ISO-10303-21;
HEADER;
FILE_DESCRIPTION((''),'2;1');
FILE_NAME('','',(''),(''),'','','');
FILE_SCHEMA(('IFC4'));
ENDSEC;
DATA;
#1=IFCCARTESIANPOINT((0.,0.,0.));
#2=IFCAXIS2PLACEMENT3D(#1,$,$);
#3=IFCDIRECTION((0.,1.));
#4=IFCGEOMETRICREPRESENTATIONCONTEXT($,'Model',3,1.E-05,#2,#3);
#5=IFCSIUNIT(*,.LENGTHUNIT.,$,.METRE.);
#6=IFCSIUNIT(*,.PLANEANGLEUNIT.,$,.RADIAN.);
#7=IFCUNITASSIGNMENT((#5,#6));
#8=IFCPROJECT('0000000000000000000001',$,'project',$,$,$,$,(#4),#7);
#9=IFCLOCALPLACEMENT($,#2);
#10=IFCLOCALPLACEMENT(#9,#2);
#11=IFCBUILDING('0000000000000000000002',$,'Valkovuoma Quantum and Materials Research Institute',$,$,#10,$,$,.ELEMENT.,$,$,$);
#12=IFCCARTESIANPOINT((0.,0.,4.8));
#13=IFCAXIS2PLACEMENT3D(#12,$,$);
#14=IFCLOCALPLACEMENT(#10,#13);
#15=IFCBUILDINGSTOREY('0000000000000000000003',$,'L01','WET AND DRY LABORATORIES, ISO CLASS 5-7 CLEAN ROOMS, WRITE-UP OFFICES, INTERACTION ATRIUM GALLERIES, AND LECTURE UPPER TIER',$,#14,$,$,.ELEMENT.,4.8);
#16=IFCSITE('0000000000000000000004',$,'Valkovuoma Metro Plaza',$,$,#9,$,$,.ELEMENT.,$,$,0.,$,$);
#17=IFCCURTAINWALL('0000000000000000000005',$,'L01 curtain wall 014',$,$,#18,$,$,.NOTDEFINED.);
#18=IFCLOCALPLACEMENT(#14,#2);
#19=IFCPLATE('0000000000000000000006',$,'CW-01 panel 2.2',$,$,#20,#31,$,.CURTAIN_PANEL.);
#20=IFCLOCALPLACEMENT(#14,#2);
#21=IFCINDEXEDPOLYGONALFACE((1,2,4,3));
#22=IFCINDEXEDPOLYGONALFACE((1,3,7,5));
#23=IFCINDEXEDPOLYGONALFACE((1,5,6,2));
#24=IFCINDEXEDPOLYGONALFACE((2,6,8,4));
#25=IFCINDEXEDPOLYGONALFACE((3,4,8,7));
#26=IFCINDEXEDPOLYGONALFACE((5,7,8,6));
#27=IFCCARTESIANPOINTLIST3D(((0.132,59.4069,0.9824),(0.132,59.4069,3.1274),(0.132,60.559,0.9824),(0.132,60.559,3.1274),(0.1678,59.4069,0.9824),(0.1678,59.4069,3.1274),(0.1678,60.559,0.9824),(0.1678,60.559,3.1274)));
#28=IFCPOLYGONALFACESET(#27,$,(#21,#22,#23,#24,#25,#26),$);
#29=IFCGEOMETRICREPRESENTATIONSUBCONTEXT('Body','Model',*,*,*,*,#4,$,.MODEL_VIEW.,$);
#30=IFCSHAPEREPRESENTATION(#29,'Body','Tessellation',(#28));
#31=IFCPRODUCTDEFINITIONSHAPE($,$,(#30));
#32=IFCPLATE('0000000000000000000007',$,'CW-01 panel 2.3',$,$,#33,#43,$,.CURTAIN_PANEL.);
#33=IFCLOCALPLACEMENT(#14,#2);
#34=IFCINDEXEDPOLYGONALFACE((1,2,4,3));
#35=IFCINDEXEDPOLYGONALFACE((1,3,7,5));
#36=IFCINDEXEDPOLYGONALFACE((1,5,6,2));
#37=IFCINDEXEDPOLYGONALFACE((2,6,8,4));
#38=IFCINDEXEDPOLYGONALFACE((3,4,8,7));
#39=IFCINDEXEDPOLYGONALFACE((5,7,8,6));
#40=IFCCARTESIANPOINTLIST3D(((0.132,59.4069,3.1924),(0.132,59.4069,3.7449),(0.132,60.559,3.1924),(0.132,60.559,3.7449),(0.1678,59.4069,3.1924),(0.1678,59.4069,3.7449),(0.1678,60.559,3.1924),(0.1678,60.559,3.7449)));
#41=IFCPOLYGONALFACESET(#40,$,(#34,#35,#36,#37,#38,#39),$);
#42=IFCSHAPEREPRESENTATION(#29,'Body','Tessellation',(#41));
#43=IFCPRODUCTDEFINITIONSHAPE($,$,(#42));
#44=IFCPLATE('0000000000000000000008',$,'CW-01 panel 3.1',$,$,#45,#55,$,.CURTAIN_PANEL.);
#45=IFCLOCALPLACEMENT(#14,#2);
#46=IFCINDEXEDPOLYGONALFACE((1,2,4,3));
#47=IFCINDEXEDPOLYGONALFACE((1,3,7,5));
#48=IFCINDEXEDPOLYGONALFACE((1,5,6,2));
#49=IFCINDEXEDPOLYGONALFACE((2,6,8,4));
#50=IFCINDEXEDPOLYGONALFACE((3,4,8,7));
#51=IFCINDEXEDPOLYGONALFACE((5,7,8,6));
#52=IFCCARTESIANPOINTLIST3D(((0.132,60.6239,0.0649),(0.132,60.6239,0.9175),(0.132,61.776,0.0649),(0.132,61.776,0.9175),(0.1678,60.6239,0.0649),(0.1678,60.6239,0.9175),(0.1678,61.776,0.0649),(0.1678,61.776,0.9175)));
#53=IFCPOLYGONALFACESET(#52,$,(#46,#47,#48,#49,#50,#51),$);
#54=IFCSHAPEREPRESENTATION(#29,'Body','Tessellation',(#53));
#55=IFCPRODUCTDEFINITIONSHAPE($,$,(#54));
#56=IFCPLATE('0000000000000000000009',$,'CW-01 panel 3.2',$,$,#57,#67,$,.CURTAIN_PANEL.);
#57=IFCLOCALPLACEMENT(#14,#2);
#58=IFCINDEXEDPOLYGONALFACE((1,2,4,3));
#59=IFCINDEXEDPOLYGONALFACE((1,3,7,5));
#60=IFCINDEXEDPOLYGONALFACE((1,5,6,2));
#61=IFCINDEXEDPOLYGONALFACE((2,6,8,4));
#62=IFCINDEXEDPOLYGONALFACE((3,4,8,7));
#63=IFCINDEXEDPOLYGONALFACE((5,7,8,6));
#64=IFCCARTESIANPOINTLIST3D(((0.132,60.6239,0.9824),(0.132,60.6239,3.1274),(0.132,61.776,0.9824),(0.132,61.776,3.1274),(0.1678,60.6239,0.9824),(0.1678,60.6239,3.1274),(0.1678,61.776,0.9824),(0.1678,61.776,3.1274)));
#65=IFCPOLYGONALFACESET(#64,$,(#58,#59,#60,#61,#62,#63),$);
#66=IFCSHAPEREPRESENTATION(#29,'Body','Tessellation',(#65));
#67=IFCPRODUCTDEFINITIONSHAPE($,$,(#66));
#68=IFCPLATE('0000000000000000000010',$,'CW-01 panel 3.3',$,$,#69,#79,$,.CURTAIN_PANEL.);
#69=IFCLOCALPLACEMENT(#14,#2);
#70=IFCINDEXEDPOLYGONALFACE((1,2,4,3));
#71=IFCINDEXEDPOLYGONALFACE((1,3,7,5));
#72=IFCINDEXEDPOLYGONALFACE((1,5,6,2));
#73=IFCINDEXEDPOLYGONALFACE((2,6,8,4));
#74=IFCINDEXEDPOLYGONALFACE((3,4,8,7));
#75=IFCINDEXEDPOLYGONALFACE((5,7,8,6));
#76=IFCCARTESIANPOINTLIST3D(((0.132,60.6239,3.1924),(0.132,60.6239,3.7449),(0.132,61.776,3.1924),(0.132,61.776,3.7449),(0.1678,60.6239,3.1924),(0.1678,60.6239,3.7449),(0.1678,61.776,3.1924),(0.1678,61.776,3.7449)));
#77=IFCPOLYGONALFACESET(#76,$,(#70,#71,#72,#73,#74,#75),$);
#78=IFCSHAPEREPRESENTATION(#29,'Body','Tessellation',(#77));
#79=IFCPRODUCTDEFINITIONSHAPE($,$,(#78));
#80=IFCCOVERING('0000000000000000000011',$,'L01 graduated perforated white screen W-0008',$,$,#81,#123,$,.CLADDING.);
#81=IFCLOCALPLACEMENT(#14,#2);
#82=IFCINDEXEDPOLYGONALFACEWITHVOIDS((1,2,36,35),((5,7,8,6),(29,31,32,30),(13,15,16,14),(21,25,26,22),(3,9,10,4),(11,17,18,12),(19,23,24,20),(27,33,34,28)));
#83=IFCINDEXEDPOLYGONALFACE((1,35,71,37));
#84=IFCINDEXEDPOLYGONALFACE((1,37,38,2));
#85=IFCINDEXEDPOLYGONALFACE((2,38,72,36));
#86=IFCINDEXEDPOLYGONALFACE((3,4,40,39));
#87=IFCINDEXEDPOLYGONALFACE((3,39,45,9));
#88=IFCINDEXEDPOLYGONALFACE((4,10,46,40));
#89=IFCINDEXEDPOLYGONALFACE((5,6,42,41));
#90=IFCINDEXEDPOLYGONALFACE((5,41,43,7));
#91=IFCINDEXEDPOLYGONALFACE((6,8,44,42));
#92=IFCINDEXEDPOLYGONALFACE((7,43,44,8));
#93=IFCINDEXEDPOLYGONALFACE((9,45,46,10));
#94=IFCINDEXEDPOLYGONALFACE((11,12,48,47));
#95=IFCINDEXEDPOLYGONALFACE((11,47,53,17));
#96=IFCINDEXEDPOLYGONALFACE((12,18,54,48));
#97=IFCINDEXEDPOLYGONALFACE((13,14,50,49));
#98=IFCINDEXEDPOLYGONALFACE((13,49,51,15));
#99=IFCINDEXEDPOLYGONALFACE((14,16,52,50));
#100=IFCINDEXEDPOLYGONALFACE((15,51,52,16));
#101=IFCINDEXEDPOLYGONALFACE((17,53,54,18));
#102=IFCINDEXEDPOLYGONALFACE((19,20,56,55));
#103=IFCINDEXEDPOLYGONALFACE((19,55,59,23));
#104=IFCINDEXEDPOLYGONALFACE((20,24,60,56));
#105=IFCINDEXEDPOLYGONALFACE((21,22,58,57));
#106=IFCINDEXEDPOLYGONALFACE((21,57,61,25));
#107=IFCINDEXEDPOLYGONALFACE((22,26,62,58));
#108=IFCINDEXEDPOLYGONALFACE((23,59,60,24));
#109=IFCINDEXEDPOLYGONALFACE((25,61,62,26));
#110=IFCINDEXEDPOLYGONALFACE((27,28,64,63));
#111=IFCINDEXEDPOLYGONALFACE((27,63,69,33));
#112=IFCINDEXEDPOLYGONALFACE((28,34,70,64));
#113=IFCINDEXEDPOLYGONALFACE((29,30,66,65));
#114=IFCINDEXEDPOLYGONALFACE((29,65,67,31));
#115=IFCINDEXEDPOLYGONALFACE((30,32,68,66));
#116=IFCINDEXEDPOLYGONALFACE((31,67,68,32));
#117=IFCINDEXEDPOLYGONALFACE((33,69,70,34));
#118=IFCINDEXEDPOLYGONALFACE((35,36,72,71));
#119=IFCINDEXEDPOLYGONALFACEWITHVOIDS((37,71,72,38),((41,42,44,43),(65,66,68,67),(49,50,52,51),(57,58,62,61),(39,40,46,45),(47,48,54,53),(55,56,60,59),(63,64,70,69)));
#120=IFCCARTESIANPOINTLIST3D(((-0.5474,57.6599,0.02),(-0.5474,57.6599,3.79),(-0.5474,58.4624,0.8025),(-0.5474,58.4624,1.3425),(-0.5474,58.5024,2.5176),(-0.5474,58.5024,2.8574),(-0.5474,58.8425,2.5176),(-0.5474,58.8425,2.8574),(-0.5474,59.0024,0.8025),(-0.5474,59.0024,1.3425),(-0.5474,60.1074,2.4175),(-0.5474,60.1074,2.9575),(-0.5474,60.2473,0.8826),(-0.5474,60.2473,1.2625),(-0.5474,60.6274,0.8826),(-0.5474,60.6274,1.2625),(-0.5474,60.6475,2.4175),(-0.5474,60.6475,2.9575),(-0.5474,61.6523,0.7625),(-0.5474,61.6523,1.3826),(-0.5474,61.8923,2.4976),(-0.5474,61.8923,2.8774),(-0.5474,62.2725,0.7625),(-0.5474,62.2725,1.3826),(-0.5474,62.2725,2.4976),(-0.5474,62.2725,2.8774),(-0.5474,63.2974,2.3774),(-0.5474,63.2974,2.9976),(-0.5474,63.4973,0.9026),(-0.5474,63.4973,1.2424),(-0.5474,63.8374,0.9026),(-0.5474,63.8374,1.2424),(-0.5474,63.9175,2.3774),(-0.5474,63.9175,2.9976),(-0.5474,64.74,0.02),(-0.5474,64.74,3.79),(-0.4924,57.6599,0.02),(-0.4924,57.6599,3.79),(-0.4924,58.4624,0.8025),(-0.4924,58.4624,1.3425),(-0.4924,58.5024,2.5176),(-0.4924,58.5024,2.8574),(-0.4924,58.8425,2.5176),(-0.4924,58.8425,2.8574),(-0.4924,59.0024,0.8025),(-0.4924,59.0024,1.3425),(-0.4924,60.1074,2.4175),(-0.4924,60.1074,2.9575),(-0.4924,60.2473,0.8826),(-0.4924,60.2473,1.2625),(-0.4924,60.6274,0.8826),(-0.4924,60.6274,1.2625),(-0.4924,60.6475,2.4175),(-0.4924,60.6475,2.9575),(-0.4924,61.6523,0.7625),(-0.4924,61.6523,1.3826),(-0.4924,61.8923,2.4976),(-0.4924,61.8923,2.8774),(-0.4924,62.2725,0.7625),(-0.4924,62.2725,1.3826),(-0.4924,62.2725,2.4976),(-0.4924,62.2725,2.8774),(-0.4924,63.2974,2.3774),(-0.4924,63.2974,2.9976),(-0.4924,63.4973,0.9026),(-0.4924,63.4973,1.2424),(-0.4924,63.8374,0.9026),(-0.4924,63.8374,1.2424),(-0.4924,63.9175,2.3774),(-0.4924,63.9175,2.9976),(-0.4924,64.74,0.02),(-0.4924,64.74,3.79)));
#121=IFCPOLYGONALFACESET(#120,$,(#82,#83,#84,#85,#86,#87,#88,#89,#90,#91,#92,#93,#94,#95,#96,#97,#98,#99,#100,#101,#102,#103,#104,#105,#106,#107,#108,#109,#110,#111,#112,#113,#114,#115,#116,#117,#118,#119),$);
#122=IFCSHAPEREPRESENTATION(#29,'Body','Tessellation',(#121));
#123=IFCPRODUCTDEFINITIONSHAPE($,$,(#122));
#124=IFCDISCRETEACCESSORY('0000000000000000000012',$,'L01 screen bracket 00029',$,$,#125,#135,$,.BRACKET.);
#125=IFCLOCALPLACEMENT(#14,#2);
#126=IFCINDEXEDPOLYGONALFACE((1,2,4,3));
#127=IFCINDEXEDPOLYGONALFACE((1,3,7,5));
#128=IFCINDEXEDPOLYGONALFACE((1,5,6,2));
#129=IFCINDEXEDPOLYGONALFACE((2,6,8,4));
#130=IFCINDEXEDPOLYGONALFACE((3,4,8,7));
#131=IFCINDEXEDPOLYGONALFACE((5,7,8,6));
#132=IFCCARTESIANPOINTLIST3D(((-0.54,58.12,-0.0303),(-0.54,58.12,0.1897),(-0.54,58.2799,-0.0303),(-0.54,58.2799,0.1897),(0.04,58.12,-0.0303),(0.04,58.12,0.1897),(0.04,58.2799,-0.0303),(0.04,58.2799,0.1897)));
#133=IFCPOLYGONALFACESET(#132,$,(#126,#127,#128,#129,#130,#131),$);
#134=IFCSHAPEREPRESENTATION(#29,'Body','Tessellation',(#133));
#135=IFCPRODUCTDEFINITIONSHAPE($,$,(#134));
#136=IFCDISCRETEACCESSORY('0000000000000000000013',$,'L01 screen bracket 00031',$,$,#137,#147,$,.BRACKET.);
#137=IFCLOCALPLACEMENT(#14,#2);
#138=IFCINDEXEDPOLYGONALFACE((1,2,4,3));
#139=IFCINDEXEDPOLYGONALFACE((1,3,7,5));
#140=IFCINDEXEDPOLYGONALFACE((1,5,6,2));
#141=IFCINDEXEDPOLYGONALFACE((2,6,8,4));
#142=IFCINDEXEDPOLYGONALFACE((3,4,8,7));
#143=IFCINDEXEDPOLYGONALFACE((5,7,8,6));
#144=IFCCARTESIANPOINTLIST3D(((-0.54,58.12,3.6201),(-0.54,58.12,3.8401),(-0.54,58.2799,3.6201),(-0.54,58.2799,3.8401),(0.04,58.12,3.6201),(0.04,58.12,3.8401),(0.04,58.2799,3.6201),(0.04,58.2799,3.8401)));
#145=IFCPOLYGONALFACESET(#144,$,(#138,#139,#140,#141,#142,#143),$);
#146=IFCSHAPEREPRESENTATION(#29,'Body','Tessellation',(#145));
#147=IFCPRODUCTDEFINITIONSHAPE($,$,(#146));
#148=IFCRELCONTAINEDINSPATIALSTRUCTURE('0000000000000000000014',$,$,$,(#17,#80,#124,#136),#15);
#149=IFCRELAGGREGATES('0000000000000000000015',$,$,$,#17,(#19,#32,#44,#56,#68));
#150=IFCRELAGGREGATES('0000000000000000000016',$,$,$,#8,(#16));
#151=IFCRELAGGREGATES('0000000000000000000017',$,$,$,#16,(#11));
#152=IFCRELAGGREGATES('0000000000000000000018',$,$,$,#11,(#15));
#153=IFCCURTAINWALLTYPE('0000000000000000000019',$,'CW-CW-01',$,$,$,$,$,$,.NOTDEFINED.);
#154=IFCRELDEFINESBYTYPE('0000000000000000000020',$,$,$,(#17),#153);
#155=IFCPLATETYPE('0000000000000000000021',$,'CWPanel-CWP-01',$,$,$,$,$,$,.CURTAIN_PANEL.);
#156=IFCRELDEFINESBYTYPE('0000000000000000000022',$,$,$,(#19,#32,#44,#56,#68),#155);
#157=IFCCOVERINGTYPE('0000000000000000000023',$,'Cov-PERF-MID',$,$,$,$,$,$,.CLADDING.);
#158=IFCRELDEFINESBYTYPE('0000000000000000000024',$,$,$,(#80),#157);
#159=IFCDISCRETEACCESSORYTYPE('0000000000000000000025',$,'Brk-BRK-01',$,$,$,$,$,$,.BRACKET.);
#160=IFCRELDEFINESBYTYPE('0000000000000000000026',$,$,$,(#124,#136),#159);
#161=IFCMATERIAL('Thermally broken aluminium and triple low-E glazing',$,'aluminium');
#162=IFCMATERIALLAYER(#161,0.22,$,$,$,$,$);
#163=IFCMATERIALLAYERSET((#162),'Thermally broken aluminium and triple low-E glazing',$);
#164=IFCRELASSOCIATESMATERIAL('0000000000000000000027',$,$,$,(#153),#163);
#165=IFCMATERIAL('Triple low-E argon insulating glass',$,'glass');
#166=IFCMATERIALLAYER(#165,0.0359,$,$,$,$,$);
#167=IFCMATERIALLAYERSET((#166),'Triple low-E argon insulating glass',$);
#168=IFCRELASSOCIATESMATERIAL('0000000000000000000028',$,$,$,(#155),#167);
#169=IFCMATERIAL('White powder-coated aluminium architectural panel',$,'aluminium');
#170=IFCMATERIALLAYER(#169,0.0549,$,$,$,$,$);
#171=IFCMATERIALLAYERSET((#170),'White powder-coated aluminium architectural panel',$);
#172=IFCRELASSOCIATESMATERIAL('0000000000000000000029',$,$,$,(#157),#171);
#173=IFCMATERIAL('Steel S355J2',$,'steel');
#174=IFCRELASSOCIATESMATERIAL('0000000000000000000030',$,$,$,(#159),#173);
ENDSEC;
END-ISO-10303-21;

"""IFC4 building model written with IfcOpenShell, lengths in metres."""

from ifc_helpers import new_model, si_unit, direction, frame, origin, origin_2d, place, context, subcontext, project, spatial, polyline, rectangle, outline, extrude, material, layer, layer_set, type_object, element, aggregate, save


model = new_model("IFC4")

# Units and contexts
model_context = context("Model", 3, precision=1e-05, world=origin(), true_north=direction((0.0, 1.0)))
body_context = subcontext(model_context, "Body", "Model", "MODEL_VIEW")
ifc_project = project(units=[si_unit("LENGTHUNIT", "METRE"), si_unit("PLANEANGLEUNIT", "RADIAN")], contexts=[model_context])

# Site, building, storey
site_placement = place(None, origin())
site = spatial("IfcSite", under=ifc_project, at=site_placement, Name="Valkovuoma Metro Plaza", CompositionType="ELEMENT", RefElevation=0.0)
building_placement = place(site_placement, origin())
building = spatial("IfcBuilding", under=site, at=building_placement, Name="Valkovuoma Quantum and Materials Research Institute", CompositionType="ELEMENT")
storey_placement = place(building_placement, frame((0.0, 0.0, 4.8)))
storey = spatial("IfcBuildingStorey", under=building, at=storey_placement, Name="L01", Description="WET AND DRY LABORATORIES, ISO CLASS 5-7 CLEAN ROOMS, WRITE-UP OFFICES, INTERACTION ATRIUM GALLERIES, AND LECTURE UPPER TIER", CompositionType="ELEMENT", Elevation=4.8)

# Curtain wall, plates
ifc_material_1 = material(Name="Thermally broken aluminium and triple low-E glazing", Category="aluminium")
ifc_layer_1 = layer(ifc_material_1, 0.22)
ifc_layer_set_1 = layer_set([ifc_layer_1], Name="Thermally broken aluminium and triple low-E glazing")
curtain_wall_type = type_object("IfcCurtainWallType", Name="CW-CW-01", PredefinedType="NOTDEFINED", material=ifc_layer_set_1)
curtain_wall_placement = place(storey_placement, origin())
curtain_wall = element("IfcCurtainWall", 1, at=curtain_wall_placement, inside=storey, type_object=curtain_wall_type, Name="L01 curtain wall 014", PredefinedType="NOTDEFINED")
ifc_material_2 = material(Name="Triple low-E argon insulating glass", Category="glass")
ifc_layer_2 = layer(ifc_material_2, 0.0359)
ifc_layer_set_2 = layer_set([ifc_layer_2], Name="Triple low-E argon insulating glass")
plate_type = type_object("IfcPlateType", Name="CWPanel-CWP-01", PredefinedType="CURTAIN_PANEL", material=ifc_layer_set_2)
plate_1_placement = place(storey_placement, frame((0.1499, 59.9829, 0.9824), z_axis=(0.0, 0.0, 1.0), x_axis=(0.0, 1.0, 0.0)))
plate_1 = element("IfcPlate", 2, at=plate_1_placement, type_object=plate_type, Name="CW-01 panel 2.2", PredefinedType="CURTAIN_PANEL", context=body_context, shape_type="SweptSolid", body=[
    extrude(rectangle(XDim=1.1521, YDim=0.0359, at=origin_2d()), origin(), (0.0, 0.0, 1.0), 2.145),
])
plate_2_placement = place(storey_placement, frame((0.1499, 59.9829, 3.1924), z_axis=(0.0, 0.0, 1.0), x_axis=(0.0, 1.0, 0.0)))
plate_2 = element("IfcPlate", 3, at=plate_2_placement, type_object=plate_type, Name="CW-01 panel 2.3", PredefinedType="CURTAIN_PANEL", context=body_context, shape_type="SweptSolid", body=[
    extrude(rectangle(XDim=1.1521, YDim=0.0359, at=origin_2d()), origin(), (0.0, 0.0, 1.0), 0.5525),
])
plate_3_placement = place(storey_placement, frame((0.1499, 61.2, 0.0649), z_axis=(0.0, 0.0, 1.0), x_axis=(0.0, 1.0, 0.0)))
plate_3 = element("IfcPlate", 4, at=plate_3_placement, type_object=plate_type, Name="CW-01 panel 3.1", PredefinedType="CURTAIN_PANEL", context=body_context, shape_type="SweptSolid", body=[
    extrude(rectangle(XDim=1.1521, YDim=0.0359, at=origin_2d()), origin(), (0.0, 0.0, 1.0), 0.8525),
])
plate_4_placement = place(storey_placement, frame((0.1499, 61.2, 0.9824), z_axis=(0.0, 0.0, 1.0), x_axis=(0.0, 1.0, 0.0)))
plate_4 = element("IfcPlate", 5, at=plate_4_placement, type_object=plate_type, Name="CW-01 panel 3.2", PredefinedType="CURTAIN_PANEL", context=body_context, shape_type="SweptSolid", body=[
    extrude(rectangle(XDim=1.1521, YDim=0.0359, at=origin_2d()), origin(), (0.0, 0.0, 1.0), 2.145),
])
plate_5_placement = place(storey_placement, frame((0.1499, 61.2, 3.1924), z_axis=(0.0, 0.0, 1.0), x_axis=(0.0, 1.0, 0.0)))
plate_5 = element("IfcPlate", 6, at=plate_5_placement, type_object=plate_type, Name="CW-01 panel 3.3", PredefinedType="CURTAIN_PANEL", context=body_context, shape_type="SweptSolid", body=[
    extrude(rectangle(XDim=1.1521, YDim=0.0359, at=origin_2d()), origin(), (0.0, 0.0, 1.0), 0.5525),
])
aggregate(curtain_wall, [plate_1, plate_2, plate_3, plate_4, plate_5])

# Covering
ifc_material_3 = material(Name="White powder-coated aluminium architectural panel", Category="aluminium")
ifc_layer_3 = layer(ifc_material_3, 0.0549)
ifc_layer_set_3 = layer_set([ifc_layer_3], Name="White powder-coated aluminium architectural panel")
covering_type = type_object("IfcCoveringType", Name="Cov-PERF-MID", PredefinedType="CLADDING", material=ifc_layer_set_3)
covering_placement = place(storey_placement, frame((-0.52, 57.6599, 0.02), z_axis=(0.0, 0.0, 1.0), x_axis=(0.0, 1.0, 0.0)))
element("IfcCovering", 7, at=covering_placement, inside=storey, type_object=covering_type, Name="L01 graduated perforated white screen W-0008", PredefinedType="CLADDING", context=body_context, shape_type="SweptSolid", body=[
    extrude(outline(polyline([(0.0, 0.0), (7.0801, 0.0), (7.0801, 3.77), (0.0, 3.77), (0.0, 0.0)]), holes=[polyline([(0.8025, 0.7825), (0.8025, 1.3225), (1.3425, 1.3225), (1.3425, 0.7825), (0.8025, 0.7825)]), polyline([(0.8425, 2.4976), (0.8425, 2.8374), (1.1826, 2.8374), (1.1826, 2.4976), (0.8425, 2.4976)]), polyline([(2.5874, 0.8625), (2.5874, 1.2424), (2.9675, 1.2424), (2.9675, 0.8625), (2.5874, 0.8625)]), polyline([(2.4475, 2.3975), (2.4475, 2.9375), (2.9875, 2.9375), (2.9875, 2.3975), (2.4475, 2.3975)]), polyline([(3.9924, 0.7424), (3.9924, 1.3625), (4.6125, 1.3625), (4.6125, 0.7424), (3.9924, 0.7424)]), polyline([(4.2324, 2.4775), (4.2324, 2.8574), (4.6125, 2.8574), (4.6125, 2.4775), (4.2324, 2.4775)]), polyline([(5.8374, 0.8826), (5.8374, 1.2224), (6.1775, 1.2224), (6.1775, 0.8826), (5.8374, 0.8826)]), polyline([(5.6375, 2.3574), (5.6375, 2.9775), (6.2576, 2.9775), (6.2576, 2.3574), (5.6375, 2.3574)])]), frame((0.0, 0.0273, 0.0), z_axis=(0.0, -1.0, 0.0), x_axis=(1.0, 0.0, 0.0)), (0.0, 0.0, 1.0), 0.0549),
])

# Discrete accessories
ifc_material_4 = material(Name="Steel S355J2", Category="steel")
discrete_accessory_type = type_object("IfcDiscreteAccessoryType", Name="Brk-BRK-01", PredefinedType="BRACKET", material=ifc_material_4)
for number, where, z_axis, x_axis, name in (
    (8, (-0.25, 58.2, -0.0303), (0.0, 0.0, 1.0), (1.0, 0.0, 0.0), "L01 screen bracket 00029"),
    (9, (-0.25, 58.2, 3.6201), (0.0, 0.0, 1.0), (1.0, 0.0, 0.0), "L01 screen bracket 00031"),
):
    element("IfcDiscreteAccessory", number, at=place(storey_placement, frame(where, z_axis=z_axis, x_axis=x_axis)), inside=storey, type_object=discrete_accessory_type, Name=name, PredefinedType="BRACKET", context=body_context, shape_type="SweptSolid", body=[
        extrude(rectangle(XDim=0.5801, YDim=0.1599, at=origin_2d()), origin(), (0.0, 0.0, 1.0), 0.22),
    ])

save(model, "model.ifc")
